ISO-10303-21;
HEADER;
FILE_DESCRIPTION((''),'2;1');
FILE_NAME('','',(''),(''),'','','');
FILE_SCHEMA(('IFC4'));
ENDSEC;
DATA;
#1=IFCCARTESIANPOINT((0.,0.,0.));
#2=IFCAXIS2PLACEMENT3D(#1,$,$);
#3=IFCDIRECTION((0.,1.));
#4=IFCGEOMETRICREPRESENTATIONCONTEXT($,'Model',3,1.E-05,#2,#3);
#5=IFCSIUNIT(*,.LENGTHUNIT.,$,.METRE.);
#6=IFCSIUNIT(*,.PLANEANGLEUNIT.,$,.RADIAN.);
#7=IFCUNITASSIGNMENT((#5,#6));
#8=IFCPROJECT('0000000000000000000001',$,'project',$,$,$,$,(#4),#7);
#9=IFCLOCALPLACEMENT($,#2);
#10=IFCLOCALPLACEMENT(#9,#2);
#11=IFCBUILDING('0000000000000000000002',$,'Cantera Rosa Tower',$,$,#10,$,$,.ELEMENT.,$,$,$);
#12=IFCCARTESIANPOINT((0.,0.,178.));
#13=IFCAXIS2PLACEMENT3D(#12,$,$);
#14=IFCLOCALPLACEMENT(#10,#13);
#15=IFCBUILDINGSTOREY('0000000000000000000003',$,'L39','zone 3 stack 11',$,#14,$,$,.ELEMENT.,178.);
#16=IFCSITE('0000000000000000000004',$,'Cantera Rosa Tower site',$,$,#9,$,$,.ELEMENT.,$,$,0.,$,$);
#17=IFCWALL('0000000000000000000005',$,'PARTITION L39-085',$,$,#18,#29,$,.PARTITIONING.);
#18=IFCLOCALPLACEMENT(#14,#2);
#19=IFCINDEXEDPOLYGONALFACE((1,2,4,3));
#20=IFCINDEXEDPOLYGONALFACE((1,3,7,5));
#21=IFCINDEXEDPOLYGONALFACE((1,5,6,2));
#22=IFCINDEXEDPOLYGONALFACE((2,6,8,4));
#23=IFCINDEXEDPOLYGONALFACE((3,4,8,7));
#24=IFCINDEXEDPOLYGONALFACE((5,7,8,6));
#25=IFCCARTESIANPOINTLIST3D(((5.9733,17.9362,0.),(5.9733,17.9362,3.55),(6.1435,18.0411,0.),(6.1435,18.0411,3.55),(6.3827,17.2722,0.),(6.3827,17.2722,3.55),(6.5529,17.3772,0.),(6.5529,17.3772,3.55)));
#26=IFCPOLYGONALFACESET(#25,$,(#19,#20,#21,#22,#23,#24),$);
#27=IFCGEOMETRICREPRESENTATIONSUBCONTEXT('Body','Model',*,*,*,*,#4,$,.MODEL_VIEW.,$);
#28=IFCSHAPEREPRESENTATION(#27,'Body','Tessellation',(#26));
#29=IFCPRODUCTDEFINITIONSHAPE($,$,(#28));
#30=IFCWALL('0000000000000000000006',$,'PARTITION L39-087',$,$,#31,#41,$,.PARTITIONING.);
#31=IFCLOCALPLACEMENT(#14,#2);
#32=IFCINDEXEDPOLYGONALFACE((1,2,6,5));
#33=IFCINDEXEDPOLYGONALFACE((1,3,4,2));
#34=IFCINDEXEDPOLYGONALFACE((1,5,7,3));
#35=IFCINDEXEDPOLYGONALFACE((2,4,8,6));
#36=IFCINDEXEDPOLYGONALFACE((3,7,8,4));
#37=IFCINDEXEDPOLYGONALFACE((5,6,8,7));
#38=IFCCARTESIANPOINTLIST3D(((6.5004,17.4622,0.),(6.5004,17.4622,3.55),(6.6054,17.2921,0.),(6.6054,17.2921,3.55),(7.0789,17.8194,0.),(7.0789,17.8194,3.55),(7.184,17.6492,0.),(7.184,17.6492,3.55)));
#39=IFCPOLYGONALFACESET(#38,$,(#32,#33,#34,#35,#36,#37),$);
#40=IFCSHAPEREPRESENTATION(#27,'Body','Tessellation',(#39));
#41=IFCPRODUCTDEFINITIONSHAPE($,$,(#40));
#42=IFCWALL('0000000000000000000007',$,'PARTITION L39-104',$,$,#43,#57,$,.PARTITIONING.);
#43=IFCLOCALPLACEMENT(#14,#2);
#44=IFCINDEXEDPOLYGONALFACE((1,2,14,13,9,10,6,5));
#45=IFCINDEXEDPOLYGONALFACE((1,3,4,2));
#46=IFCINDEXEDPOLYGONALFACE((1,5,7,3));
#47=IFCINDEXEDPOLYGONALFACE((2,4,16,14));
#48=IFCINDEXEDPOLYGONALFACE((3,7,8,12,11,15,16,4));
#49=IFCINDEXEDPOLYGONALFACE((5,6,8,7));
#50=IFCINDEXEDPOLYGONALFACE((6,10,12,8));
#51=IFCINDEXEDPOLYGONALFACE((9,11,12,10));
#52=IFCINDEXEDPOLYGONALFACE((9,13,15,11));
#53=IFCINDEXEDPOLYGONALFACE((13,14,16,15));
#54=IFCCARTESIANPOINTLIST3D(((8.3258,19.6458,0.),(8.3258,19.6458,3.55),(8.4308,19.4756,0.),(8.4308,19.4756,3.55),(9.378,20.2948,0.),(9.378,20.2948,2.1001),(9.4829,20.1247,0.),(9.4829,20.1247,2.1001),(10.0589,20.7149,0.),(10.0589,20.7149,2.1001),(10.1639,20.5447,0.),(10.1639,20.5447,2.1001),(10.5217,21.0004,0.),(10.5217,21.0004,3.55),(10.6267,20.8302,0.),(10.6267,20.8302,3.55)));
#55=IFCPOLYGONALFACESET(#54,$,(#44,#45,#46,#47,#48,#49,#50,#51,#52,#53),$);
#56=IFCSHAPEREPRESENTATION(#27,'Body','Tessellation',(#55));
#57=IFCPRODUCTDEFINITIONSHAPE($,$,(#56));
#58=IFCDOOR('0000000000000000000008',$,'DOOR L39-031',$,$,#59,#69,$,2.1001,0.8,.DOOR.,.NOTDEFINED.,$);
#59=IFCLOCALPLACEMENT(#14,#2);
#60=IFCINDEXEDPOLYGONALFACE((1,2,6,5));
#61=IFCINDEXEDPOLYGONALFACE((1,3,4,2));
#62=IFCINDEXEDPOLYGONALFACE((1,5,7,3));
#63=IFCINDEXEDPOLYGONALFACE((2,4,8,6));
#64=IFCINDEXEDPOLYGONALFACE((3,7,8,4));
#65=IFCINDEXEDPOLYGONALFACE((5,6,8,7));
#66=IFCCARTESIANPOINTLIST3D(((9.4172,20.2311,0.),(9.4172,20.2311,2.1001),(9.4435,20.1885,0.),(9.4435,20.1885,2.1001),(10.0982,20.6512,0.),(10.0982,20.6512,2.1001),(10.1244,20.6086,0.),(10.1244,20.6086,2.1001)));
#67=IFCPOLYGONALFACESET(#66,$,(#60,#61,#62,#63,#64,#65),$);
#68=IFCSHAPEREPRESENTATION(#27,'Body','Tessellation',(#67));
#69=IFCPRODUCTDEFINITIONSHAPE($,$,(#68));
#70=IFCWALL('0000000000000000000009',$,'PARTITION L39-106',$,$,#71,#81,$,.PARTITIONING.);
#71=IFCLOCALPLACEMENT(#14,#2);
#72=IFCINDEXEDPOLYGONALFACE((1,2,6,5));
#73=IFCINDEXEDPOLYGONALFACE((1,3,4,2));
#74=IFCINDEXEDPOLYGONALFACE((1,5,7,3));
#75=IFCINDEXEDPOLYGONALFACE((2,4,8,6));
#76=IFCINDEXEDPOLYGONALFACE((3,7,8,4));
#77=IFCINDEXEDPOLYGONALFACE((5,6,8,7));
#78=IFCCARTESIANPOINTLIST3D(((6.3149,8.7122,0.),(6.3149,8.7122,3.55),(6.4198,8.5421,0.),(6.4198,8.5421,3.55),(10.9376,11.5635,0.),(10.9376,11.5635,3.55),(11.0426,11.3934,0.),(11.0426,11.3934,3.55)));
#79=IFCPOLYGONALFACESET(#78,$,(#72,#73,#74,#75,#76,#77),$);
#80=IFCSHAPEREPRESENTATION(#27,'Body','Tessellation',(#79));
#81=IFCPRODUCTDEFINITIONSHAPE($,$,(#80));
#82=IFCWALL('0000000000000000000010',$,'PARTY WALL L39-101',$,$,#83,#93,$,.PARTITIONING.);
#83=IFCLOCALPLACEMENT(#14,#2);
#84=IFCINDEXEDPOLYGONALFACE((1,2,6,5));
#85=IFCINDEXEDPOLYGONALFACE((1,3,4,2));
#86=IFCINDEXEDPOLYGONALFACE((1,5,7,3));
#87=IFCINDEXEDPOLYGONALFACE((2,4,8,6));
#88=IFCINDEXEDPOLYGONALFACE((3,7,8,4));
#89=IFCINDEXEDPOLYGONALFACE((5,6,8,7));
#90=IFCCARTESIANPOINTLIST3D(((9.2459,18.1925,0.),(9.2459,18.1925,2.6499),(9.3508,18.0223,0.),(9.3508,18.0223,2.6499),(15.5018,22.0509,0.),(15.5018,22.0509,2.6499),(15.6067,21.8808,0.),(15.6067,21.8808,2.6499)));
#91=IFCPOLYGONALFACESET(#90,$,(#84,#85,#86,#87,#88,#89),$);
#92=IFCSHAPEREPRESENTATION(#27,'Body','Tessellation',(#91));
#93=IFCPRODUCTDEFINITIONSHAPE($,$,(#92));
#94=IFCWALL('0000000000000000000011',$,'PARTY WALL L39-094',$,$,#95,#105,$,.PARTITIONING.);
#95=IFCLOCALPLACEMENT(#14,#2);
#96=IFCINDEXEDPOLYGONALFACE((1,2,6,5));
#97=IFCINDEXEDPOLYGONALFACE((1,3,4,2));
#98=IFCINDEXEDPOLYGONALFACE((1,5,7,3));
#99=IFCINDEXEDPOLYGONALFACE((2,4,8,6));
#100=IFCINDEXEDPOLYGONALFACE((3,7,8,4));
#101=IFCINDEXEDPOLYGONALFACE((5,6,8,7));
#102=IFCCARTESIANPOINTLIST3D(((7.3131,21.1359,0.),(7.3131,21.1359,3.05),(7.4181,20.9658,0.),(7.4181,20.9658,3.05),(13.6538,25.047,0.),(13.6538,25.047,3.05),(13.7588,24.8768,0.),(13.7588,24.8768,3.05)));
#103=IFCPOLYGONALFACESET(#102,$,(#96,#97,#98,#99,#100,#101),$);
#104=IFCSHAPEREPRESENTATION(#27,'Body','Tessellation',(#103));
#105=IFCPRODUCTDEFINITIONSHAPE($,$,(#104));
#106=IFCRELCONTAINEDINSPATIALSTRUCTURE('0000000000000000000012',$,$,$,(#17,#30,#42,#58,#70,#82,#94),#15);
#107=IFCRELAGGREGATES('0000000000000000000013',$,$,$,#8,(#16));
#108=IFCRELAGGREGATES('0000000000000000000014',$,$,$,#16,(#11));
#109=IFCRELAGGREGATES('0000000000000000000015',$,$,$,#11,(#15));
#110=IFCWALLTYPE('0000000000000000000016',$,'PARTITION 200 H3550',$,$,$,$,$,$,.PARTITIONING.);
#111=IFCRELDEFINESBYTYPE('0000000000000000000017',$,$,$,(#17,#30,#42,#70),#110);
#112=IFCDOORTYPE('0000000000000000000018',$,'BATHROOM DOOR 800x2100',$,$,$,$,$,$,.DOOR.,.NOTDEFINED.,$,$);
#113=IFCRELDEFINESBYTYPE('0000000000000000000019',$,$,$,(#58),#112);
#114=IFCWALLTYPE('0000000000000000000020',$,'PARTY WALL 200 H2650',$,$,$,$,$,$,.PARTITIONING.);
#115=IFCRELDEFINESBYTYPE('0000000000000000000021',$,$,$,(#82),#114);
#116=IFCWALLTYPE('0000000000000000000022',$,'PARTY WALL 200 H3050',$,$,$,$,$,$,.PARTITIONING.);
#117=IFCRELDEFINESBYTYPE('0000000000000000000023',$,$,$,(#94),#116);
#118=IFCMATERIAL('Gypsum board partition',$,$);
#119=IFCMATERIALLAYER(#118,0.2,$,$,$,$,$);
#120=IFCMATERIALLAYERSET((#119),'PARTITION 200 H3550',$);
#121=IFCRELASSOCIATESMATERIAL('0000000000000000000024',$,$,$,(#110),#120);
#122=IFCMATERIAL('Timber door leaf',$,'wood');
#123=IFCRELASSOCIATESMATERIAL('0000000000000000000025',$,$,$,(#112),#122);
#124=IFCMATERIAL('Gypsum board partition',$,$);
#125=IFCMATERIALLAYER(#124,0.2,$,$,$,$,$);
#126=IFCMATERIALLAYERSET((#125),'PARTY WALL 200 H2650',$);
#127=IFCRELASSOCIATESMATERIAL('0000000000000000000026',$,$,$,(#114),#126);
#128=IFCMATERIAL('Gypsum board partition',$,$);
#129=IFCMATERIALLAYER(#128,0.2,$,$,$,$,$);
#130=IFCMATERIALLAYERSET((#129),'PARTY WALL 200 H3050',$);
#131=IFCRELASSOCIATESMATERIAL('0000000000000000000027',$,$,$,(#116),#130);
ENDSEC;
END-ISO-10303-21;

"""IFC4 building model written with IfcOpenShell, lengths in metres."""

from ifc_helpers import new_model, si_unit, direction, frame, frame_2d, origin, place, context, subcontext, project, spatial, rectangle, extrude, material, layer, layer_set, type_object, element, fill, save


model = new_model("IFC4")

# Units and contexts
model_context = context("Model", 3, precision=1e-05, world=origin(), true_north=direction((0.0, 1.0)))
body_context = subcontext(model_context, "Body", "Model", "MODEL_VIEW")
ifc_project = project(units=[si_unit("LENGTHUNIT", "METRE"), si_unit("PLANEANGLEUNIT", "RADIAN")], contexts=[model_context])

# Site, building, storey
site_placement = place(None, origin())
site = spatial("IfcSite", under=ifc_project, at=site_placement, Name="Cantera Rosa Tower site", CompositionType="ELEMENT", RefElevation=0.0)
building_placement = place(site_placement, origin())
building = spatial("IfcBuilding", under=site, at=building_placement, Name="Cantera Rosa Tower", CompositionType="ELEMENT")
storey_placement = place(building_placement, frame((0.0, 0.0, 178.0)))
storey = spatial("IfcBuildingStorey", under=building, at=storey_placement, Name="L39", Description="zone 3 stack 11", CompositionType="ELEMENT", Elevation=178.0)

# Shared definitions
ifc_material_1 = material(Name="Gypsum board partition")
ifc_layer_1 = layer(ifc_material_1, 0.2)
ifc_layer_set_1 = layer_set([ifc_layer_1], Name="PARTITION 200 H3550")
wall_type_1 = type_object("IfcWallType", Name="PARTITION 200 H3550", PredefinedType="PARTITIONING", material=ifc_layer_set_1)
ifc_material_2 = material(Name="Timber door leaf", Category="wood")
door_type_1 = type_object("IfcDoorType", Name="BATHROOM DOOR 800x2100", OperationType="NOTDEFINED", PredefinedType="DOOR", material=ifc_material_2)

# Walls
wall_1_placement = place(storey_placement, frame((6.0583, 17.9888, 0.0), z_axis=(0.0, 0.0, 1.0), x_axis=(0.524813, -0.851217, 0.0)))
element("IfcWall", 1, at=wall_1_placement, inside=storey, type_object=wall_type_1, Name="PARTITION L39-085", PredefinedType="PARTITIONING", context=body_context, shape_type="SweptSolid", body=[
    extrude(rectangle(XDim=0.78, YDim=0.2, at=frame_2d((0.3901, 0.0))), origin(), (0.0, 0.0, 1.0), 3.55),
])
wall_2_placement = place(storey_placement, frame((6.553, 17.3772, 0.0), z_axis=(0.0, 0.0, 1.0), x_axis=(0.85093, 0.525279, 0.0)))
element("IfcWall", 2, at=wall_2_placement, inside=storey, type_object=wall_type_1, Name="PARTITION L39-087", PredefinedType="PARTITIONING", context=body_context, shape_type="SweptSolid", body=[
    extrude(rectangle(XDim=0.6799, YDim=0.2, at=frame_2d((0.3398, 0.0))), origin(), (0.0, 0.0, 1.0), 3.55),
])

# Wall, opening, door
wall_3_placement = place(storey_placement, frame((10.5742, 20.9153, 0.0), z_axis=(0.0, 0.0, 1.0), x_axis=(-0.851099, -0.525005, 0.0)))
wall_3 = element("IfcWall", 3, at=wall_3_placement, inside=storey, type_object=wall_type_1, Name="PARTITION L39-104", PredefinedType="PARTITIONING", context=body_context, shape_type="SweptSolid", body=[
    extrude(rectangle(XDim=2.5801, YDim=0.2, at=frame_2d((1.29, 0.0))), origin(), (0.0, 0.0, 1.0), 3.55),
])
opening_1_placement = place(wall_3_placement, frame((0.5439, 0.0, 0.0)))
opening_1 = element("IfcOpeningElement", 4, at=opening_1_placement, cuts=wall_3, PredefinedType="OPENING", context=body_context, shape_type="SweptSolid", body=[
    extrude(rectangle(XDim=0.8, YDim=2.1001, at=frame_2d((0.3999, 1.05))), frame((0.0, 0.1099, 0.0), z_axis=(0.0, -1.0, 0.0), x_axis=(1.0, 0.0, 0.0)), (0.0, 0.0, 1.0), 0.22),
])
door_1_placement = place(opening_1_placement, origin())
door_1 = element("IfcDoor", 5, at=door_1_placement, inside=storey, type_object=door_type_1, Name="DOOR L39-031", OperationType="NOTDEFINED", OverallHeight=2.1001, OverallWidth=0.8, PredefinedType="DOOR", context=body_context, shape_type="SweptSolid", body=[
    extrude(rectangle(XDim=0.8, YDim=2.1001, at=frame_2d((0.3999, 1.05))), frame((0.0, 0.0249, 0.0), z_axis=(0.0, -1.0, 0.0), x_axis=(1.0, 0.0, 0.0)), (0.0, 0.0, 1.0), 0.05),
])
fill(opening_1, door_1)

# Walls
wall_4_placement = place(storey_placement, frame((10.9902, 11.4785, 0.0), z_axis=(0.0, 0.0, 1.0), x_axis=(-0.851122, -0.524967, 0.0)))
element("IfcWall", 6, at=wall_4_placement, inside=storey, type_object=wall_type_1, Name="PARTITION L39-106", PredefinedType="PARTITIONING", context=body_context, shape_type="SweptSolid", body=[
    extrude(rectangle(XDim=5.4314, YDim=0.2, at=frame_2d((2.7158, 0.0))), origin(), (0.0, 0.0, 1.0), 3.55),
])
ifc_material_3 = material(Name="Gypsum board partition")
ifc_layer_2 = layer(ifc_material_3, 0.2)
ifc_layer_set_2 = layer_set([ifc_layer_2], Name="PARTY WALL 200 H2650")
wall_type_2 = type_object("IfcWallType", Name="PARTY WALL 200 H2650", PredefinedType="PARTITIONING", material=ifc_layer_set_2)
wall_5_placement = place(storey_placement, frame((9.2983, 18.1074, 0.0), z_axis=(0.0, 0.0, 1.0), x_axis=(0.851133, 0.52495, 0.0)))
element("IfcWall", 7, at=wall_5_placement, inside=storey, type_object=wall_type_2, Name="PARTY WALL L39-101", PredefinedType="PARTITIONING", context=body_context, shape_type="SweptSolid", body=[
    extrude(rectangle(XDim=7.3501, YDim=0.2, at=frame_2d((3.675, 0.0))), origin(), (0.0, 0.0, 1.0), 2.6499),
])
ifc_material_4 = material(Name="Gypsum board partition")
ifc_layer_3 = layer(ifc_material_4, 0.2)
ifc_layer_set_3 = layer_set([ifc_layer_3], Name="PARTY WALL 200 H3050")
wall_type_3 = type_object("IfcWallType", Name="PARTY WALL 200 H3050", PredefinedType="PARTITIONING", material=ifc_layer_set_3)
wall_6_placement = place(storey_placement, frame((7.3655, 21.0508, 0.0), z_axis=(0.0, 0.0, 1.0), x_axis=(0.851113, 0.524982, 0.0)))
element("IfcWall", 8, at=wall_6_placement, inside=storey, type_object=wall_type_3, Name="PARTY WALL L39-094", PredefinedType="PARTITIONING", context=body_context, shape_type="SweptSolid", body=[
    extrude(rectangle(XDim=7.45, YDim=0.2, at=frame_2d((3.7251, 0.0))), origin(), (0.0, 0.0, 1.0), 3.05),
])

save(model, "model.ifc")
